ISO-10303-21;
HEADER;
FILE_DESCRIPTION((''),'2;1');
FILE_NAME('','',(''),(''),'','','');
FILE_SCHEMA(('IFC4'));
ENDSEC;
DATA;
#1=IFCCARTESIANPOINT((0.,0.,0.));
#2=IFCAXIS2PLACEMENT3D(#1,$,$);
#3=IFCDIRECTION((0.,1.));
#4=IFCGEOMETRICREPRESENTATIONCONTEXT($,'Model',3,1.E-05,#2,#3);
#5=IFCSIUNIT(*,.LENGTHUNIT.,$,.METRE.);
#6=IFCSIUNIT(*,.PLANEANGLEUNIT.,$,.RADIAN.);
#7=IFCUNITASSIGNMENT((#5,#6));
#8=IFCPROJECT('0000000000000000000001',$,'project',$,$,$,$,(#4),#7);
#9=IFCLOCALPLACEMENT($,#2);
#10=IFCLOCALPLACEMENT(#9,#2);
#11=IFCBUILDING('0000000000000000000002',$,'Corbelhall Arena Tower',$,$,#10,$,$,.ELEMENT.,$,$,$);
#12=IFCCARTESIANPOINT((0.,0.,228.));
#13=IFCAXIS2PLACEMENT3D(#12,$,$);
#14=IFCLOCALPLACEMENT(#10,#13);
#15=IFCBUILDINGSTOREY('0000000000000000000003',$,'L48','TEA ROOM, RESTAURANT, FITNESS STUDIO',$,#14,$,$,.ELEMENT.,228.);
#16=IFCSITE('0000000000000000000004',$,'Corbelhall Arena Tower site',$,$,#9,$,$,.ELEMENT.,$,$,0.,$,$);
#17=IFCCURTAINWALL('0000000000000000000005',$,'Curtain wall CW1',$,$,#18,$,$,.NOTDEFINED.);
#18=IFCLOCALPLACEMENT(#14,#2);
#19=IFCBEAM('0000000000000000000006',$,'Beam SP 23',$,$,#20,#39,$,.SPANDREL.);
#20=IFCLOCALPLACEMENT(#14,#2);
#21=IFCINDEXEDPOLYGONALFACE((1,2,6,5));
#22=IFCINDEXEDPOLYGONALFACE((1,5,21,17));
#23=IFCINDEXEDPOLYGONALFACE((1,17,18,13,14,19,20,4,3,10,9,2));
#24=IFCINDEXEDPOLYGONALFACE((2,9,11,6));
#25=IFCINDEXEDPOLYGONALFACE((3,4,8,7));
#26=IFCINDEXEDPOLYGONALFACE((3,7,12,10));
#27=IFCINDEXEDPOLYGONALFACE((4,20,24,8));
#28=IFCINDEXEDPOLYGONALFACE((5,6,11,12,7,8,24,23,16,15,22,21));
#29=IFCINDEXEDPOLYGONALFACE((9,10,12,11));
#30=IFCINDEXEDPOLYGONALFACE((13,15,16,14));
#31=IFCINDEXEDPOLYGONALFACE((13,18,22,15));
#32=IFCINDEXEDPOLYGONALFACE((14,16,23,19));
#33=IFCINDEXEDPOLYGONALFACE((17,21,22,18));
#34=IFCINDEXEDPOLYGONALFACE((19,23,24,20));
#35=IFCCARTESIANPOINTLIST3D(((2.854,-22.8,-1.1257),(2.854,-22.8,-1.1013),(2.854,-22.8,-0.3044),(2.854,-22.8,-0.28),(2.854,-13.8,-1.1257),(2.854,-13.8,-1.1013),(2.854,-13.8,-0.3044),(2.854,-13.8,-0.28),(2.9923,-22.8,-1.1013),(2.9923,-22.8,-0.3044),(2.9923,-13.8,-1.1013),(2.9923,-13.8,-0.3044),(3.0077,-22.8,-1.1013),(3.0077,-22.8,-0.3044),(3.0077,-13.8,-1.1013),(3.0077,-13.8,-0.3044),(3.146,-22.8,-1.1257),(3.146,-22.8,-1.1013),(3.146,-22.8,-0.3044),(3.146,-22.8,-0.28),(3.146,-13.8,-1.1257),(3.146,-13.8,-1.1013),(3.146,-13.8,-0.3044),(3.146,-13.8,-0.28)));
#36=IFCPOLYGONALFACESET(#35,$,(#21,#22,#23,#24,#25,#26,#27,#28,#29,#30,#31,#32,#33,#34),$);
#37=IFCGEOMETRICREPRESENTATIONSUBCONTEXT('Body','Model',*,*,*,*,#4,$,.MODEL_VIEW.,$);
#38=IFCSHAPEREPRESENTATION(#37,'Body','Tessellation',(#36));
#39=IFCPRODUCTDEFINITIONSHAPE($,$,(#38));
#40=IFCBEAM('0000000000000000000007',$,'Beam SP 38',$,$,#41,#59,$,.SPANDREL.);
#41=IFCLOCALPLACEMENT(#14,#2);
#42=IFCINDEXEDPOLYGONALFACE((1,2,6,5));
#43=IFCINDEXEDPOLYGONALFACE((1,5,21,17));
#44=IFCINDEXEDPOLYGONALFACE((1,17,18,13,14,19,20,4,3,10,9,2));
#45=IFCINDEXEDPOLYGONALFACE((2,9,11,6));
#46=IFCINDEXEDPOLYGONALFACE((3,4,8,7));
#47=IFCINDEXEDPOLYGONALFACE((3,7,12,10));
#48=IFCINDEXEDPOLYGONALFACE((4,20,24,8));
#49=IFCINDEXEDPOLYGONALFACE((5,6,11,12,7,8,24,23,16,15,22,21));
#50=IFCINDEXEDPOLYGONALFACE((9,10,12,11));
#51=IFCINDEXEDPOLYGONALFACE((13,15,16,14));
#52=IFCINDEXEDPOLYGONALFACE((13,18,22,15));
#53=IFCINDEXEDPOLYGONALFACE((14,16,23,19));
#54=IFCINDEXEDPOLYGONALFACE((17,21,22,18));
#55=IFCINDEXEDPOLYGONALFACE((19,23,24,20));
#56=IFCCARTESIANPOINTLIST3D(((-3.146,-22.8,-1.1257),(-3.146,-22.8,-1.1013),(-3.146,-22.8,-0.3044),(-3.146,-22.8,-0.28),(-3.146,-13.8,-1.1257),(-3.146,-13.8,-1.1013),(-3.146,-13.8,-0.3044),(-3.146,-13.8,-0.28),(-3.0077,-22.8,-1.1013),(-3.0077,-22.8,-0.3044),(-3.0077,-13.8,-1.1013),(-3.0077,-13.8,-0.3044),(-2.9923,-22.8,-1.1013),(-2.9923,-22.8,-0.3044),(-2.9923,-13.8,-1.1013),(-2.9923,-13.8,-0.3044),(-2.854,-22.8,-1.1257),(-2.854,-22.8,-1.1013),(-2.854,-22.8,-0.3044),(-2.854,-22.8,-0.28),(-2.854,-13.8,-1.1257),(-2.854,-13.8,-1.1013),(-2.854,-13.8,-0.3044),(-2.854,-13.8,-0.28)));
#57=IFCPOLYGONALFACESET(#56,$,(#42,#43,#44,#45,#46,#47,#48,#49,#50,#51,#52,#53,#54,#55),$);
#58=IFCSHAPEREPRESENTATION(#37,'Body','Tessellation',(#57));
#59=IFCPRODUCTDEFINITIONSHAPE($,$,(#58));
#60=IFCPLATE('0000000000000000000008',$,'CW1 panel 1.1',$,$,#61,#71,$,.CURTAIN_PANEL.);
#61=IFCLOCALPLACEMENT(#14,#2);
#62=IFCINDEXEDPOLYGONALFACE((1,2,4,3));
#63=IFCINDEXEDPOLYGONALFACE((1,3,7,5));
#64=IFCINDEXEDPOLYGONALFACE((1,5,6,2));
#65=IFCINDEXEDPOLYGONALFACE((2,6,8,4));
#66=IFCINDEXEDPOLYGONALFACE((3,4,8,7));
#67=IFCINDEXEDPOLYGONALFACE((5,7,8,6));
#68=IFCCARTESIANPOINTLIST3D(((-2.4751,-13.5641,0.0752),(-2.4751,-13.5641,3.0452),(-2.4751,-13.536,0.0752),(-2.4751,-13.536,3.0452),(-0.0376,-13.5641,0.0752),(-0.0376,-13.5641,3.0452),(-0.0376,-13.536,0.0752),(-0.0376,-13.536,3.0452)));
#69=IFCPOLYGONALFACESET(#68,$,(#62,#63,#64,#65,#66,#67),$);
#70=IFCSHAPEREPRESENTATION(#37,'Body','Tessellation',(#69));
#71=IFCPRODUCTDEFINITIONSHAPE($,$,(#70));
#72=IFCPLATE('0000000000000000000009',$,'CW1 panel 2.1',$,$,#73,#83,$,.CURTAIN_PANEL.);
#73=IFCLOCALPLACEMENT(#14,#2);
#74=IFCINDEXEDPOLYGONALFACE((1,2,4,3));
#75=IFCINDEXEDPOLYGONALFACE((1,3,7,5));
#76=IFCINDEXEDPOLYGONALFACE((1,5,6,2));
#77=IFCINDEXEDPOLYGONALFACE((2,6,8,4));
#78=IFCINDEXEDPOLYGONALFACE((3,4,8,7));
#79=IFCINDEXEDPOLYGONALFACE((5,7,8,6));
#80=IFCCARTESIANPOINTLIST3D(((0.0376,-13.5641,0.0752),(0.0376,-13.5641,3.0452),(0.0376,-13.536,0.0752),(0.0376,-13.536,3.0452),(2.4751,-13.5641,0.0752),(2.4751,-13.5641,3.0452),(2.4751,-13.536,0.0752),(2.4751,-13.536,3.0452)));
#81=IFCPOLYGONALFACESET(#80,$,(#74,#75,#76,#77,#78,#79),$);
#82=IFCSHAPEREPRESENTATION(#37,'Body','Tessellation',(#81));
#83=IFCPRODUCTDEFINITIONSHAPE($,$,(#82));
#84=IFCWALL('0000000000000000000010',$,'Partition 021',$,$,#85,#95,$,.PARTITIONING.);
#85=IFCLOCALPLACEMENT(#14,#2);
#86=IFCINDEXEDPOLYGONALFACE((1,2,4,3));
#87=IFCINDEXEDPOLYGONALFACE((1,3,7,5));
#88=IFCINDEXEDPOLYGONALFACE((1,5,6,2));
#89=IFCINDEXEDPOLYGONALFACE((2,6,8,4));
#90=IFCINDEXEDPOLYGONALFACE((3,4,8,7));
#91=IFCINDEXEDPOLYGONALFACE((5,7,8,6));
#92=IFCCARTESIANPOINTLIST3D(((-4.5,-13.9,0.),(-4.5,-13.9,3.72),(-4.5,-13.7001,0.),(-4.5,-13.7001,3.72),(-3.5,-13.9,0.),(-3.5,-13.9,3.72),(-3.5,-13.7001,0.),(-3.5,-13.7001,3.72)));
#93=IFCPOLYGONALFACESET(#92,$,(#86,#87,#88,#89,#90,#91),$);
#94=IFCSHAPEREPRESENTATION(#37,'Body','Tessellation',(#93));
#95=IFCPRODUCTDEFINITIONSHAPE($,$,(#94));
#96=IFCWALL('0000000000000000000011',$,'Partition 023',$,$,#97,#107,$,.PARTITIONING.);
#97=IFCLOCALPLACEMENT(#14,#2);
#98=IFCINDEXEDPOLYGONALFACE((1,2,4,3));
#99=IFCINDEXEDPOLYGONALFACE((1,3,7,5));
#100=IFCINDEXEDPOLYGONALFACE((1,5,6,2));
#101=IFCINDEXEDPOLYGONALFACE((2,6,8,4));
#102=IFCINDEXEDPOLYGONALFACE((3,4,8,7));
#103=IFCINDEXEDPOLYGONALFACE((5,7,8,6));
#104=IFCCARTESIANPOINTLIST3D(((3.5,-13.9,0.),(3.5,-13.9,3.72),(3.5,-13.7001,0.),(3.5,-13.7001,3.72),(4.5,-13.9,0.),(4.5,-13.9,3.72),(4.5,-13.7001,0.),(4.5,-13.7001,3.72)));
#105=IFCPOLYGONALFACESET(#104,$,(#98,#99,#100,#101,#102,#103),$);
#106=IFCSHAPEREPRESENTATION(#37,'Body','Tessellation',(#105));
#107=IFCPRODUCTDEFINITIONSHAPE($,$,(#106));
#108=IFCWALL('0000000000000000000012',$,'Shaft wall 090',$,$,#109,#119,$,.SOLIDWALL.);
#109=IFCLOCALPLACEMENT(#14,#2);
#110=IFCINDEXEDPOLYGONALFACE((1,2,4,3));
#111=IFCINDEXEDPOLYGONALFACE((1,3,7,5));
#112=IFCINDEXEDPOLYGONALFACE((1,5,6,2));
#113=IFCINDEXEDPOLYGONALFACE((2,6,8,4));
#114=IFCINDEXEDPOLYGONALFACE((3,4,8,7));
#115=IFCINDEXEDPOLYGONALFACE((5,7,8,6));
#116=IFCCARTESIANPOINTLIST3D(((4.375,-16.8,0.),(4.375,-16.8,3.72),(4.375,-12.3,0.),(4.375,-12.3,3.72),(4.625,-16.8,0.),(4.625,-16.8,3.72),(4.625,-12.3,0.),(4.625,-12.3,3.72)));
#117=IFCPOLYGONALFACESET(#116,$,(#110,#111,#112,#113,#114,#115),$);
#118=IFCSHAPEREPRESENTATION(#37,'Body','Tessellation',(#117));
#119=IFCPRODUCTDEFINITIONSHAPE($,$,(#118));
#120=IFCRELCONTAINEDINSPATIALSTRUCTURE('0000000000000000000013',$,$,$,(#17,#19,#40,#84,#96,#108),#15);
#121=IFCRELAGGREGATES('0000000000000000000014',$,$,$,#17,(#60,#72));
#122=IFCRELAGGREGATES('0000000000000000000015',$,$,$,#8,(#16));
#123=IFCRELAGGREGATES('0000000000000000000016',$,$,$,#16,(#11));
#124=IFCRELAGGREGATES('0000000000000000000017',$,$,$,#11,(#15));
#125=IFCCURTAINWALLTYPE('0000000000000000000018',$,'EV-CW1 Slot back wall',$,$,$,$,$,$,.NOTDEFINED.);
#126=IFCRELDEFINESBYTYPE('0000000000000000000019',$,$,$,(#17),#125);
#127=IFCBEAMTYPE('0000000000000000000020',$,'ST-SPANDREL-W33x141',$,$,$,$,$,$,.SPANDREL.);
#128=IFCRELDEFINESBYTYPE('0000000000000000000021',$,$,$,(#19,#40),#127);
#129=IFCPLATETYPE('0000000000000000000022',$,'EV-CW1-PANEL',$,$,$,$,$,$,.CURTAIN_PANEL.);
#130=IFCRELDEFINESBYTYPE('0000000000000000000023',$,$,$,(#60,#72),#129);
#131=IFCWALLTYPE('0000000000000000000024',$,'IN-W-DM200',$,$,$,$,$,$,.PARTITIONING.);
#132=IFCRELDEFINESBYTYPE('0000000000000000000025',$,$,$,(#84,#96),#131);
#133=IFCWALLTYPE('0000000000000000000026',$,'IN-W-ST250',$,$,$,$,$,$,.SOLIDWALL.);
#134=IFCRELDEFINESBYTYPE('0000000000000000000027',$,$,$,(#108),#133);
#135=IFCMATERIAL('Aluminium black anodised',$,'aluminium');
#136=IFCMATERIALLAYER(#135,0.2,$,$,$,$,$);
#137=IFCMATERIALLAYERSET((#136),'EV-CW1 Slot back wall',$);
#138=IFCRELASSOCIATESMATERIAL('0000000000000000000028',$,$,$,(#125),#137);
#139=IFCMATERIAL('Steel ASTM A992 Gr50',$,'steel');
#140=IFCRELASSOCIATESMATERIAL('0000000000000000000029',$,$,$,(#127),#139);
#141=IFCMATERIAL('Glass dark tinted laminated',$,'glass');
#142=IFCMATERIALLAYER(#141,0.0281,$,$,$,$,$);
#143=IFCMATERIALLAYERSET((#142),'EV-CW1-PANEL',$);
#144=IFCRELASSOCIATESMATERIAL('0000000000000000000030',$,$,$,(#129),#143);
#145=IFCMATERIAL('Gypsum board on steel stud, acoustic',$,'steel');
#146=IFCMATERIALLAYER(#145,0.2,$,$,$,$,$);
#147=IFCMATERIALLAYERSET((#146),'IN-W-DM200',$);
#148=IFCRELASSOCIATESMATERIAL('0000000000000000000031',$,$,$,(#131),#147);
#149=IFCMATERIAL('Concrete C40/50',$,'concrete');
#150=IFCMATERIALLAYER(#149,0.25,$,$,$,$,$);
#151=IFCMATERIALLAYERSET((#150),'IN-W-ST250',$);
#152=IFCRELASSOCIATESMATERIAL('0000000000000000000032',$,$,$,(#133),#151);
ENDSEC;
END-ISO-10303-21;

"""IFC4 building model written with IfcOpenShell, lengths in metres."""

from ifc_helpers import new_model, si_unit, direction, frame, frame_2d, origin, origin_2d, place, context, subcontext, project, spatial, rectangle, i_section, extrude, material, layer, layer_set, material_profile, profile_set, type_object, element, aggregate, save


model = new_model("IFC4")

# Units and contexts
model_context = context("Model", 3, precision=1e-05, world=origin(), true_north=direction((0.0, 1.0)))
body_context = subcontext(model_context, "Body", "Model", "MODEL_VIEW")
ifc_project = project(units=[si_unit("LENGTHUNIT", "METRE"), si_unit("PLANEANGLEUNIT", "RADIAN")], contexts=[model_context])

# Site, building, storey
site_placement = place(None, origin())
site = spatial("IfcSite", under=ifc_project, at=site_placement, Name="Corbelhall Arena Tower site", CompositionType="ELEMENT", RefElevation=0.0)
building_placement = place(site_placement, origin())
building = spatial("IfcBuilding", under=site, at=building_placement, Name="Corbelhall Arena Tower", CompositionType="ELEMENT")
storey_placement = place(building_placement, frame((0.0, 0.0, 228.0)))
storey = spatial("IfcBuildingStorey", under=building, at=storey_placement, Name="L48", Description="TEA ROOM, RESTAURANT, FITNESS STUDIO", CompositionType="ELEMENT", Elevation=228.0)

# Curtain wall
ifc_material_1 = material(Name="Aluminium black anodised", Category="aluminium")
ifc_layer_1 = layer(ifc_material_1, 0.2)
ifc_layer_set_1 = layer_set([ifc_layer_1], Name="EV-CW1 Slot back wall")
curtain_wall_type = type_object("IfcCurtainWallType", Name="EV-CW1 Slot back wall", PredefinedType="NOTDEFINED", material=ifc_layer_set_1)
curtain_wall_placement = place(storey_placement, origin())
curtain_wall = element("IfcCurtainWall", 1, at=curtain_wall_placement, inside=storey, type_object=curtain_wall_type, Name="Curtain wall CW1", PredefinedType="NOTDEFINED")

# Beams
ifc_material_2 = material(Name="Steel ASTM A992 Gr50", Category="steel")
ifc_material_profile_1 = material_profile(ifc_material_2, i_section(OverallWidth=0.292, OverallDepth=0.8457, WebThickness=0.0154, FlangeThickness=0.0244, at=origin_2d()))
ifc_profile_set_1 = profile_set([ifc_material_profile_1], Name="Steel ASTM A992 Gr50")
beam_type_1 = type_object("IfcBeamType", Name="ST-SPANDREL-W33x141", PredefinedType="SPANDREL", material=ifc_profile_set_1)
for number, where, z_axis, x_axis, name in (
    (2, (3.0, -22.8, -0.7029), (0.0, 1.0, 0.0), (-1.0, 0.0, 0.0), "Beam SP 23"),
    (3, (-3.0, -13.8, -0.7029), (0.0, -1.0, 0.0), (1.0, 0.0, 0.0), "Beam SP 38"),
):
    element("IfcBeam", number, at=place(storey_placement, frame(where, z_axis=z_axis, x_axis=x_axis)), inside=storey, type_object=beam_type_1, Name=name, PredefinedType="SPANDREL", context=body_context, shape_type="SweptSolid", body=[
        extrude(i_section(OverallWidth=0.292, OverallDepth=0.8457, WebThickness=0.0154, FlangeThickness=0.0244, at=origin_2d()), origin(), (0.0, 0.0, 1.0), 9.0),
    ])

# Plates
ifc_material_3 = material(Name="Glass dark tinted laminated", Category="glass")
ifc_layer_2 = layer(ifc_material_3, 0.0281)
ifc_layer_set_2 = layer_set([ifc_layer_2], Name="EV-CW1-PANEL")
plate_type = type_object("IfcPlateType", Name="EV-CW1-PANEL", PredefinedType="CURTAIN_PANEL", material=ifc_layer_set_2)
plate_1_placement = place(storey_placement, frame((-1.2563, -13.55, 0.0752), z_axis=(0.0, 0.0, 1.0), x_axis=(1.0, 0.0, 0.0)))
plate_1 = element("IfcPlate", 4, at=plate_1_placement, type_object=plate_type, Name="CW1 panel 1.1", PredefinedType="CURTAIN_PANEL", context=body_context, shape_type="SweptSolid", body=[
    extrude(rectangle(XDim=2.4375, YDim=0.0281, at=origin_2d()), origin(), (0.0, 0.0, 1.0), 2.97),
])
plate_2_placement = place(storey_placement, frame((1.2563, -13.55, 0.0752), z_axis=(0.0, 0.0, 1.0), x_axis=(1.0, 0.0, 0.0)))
plate_2 = element("IfcPlate", 5, at=plate_2_placement, type_object=plate_type, Name="CW1 panel 2.1", PredefinedType="CURTAIN_PANEL", context=body_context, shape_type="SweptSolid", body=[
    extrude(rectangle(XDim=2.4375, YDim=0.0281, at=origin_2d()), origin(), (0.0, 0.0, 1.0), 2.97),
])
aggregate(curtain_wall, [plate_1, plate_2])

# Walls
ifc_material_4 = material(Name="Gypsum board on steel stud, acoustic", Category="steel")
ifc_layer_3 = layer(ifc_material_4, 0.2)
ifc_layer_set_3 = layer_set([ifc_layer_3], Name="IN-W-DM200")
wall_type_1 = type_object("IfcWallType", Name="IN-W-DM200", PredefinedType="PARTITIONING", material=ifc_layer_set_3)
for number, where, z_axis, x_axis, name in (
    (6, (-3.5, -13.8, 0.0), (0.0, 0.0, 1.0), (-1.0, 0.0, 0.0), "Partition 021"),
    (7, (4.5, -13.8, 0.0), (0.0, 0.0, 1.0), (-1.0, 0.0, 0.0), "Partition 023"),
):
    element("IfcWall", number, at=place(storey_placement, frame(where, z_axis=z_axis, x_axis=x_axis)), inside=storey, type_object=wall_type_1, Name=name, PredefinedType="PARTITIONING", context=body_context, shape_type="SweptSolid", body=[
        extrude(rectangle(XDim=1.0, YDim=0.2, at=frame_2d((0.5, 0.0))), origin(), (0.0, 0.0, 1.0), 3.72),
    ])
ifc_material_5 = material(Name="Concrete C40/50", Category="concrete")
ifc_layer_4 = layer(ifc_material_5, 0.25)
ifc_layer_set_4 = layer_set([ifc_layer_4], Name="IN-W-ST250")
wall_type_2 = type_object("IfcWallType", Name="IN-W-ST250", PredefinedType="SOLIDWALL", material=ifc_layer_set_4)
wall_1_placement = place(storey_placement, frame((4.5, -16.8, 0.0), z_axis=(0.0, 0.0, 1.0), x_axis=(0.0, 1.0, 0.0)))
element("IfcWall", 8, at=wall_1_placement, inside=storey, type_object=wall_type_2, Name="Shaft wall 090", PredefinedType="SOLIDWALL", context=body_context, shape_type="SweptSolid", body=[
    extrude(rectangle(XDim=4.5, YDim=0.25, at=frame_2d((2.25, 0.0))), origin(), (0.0, 0.0, 1.0), 3.72),
])

save(model, "model.ifc")
